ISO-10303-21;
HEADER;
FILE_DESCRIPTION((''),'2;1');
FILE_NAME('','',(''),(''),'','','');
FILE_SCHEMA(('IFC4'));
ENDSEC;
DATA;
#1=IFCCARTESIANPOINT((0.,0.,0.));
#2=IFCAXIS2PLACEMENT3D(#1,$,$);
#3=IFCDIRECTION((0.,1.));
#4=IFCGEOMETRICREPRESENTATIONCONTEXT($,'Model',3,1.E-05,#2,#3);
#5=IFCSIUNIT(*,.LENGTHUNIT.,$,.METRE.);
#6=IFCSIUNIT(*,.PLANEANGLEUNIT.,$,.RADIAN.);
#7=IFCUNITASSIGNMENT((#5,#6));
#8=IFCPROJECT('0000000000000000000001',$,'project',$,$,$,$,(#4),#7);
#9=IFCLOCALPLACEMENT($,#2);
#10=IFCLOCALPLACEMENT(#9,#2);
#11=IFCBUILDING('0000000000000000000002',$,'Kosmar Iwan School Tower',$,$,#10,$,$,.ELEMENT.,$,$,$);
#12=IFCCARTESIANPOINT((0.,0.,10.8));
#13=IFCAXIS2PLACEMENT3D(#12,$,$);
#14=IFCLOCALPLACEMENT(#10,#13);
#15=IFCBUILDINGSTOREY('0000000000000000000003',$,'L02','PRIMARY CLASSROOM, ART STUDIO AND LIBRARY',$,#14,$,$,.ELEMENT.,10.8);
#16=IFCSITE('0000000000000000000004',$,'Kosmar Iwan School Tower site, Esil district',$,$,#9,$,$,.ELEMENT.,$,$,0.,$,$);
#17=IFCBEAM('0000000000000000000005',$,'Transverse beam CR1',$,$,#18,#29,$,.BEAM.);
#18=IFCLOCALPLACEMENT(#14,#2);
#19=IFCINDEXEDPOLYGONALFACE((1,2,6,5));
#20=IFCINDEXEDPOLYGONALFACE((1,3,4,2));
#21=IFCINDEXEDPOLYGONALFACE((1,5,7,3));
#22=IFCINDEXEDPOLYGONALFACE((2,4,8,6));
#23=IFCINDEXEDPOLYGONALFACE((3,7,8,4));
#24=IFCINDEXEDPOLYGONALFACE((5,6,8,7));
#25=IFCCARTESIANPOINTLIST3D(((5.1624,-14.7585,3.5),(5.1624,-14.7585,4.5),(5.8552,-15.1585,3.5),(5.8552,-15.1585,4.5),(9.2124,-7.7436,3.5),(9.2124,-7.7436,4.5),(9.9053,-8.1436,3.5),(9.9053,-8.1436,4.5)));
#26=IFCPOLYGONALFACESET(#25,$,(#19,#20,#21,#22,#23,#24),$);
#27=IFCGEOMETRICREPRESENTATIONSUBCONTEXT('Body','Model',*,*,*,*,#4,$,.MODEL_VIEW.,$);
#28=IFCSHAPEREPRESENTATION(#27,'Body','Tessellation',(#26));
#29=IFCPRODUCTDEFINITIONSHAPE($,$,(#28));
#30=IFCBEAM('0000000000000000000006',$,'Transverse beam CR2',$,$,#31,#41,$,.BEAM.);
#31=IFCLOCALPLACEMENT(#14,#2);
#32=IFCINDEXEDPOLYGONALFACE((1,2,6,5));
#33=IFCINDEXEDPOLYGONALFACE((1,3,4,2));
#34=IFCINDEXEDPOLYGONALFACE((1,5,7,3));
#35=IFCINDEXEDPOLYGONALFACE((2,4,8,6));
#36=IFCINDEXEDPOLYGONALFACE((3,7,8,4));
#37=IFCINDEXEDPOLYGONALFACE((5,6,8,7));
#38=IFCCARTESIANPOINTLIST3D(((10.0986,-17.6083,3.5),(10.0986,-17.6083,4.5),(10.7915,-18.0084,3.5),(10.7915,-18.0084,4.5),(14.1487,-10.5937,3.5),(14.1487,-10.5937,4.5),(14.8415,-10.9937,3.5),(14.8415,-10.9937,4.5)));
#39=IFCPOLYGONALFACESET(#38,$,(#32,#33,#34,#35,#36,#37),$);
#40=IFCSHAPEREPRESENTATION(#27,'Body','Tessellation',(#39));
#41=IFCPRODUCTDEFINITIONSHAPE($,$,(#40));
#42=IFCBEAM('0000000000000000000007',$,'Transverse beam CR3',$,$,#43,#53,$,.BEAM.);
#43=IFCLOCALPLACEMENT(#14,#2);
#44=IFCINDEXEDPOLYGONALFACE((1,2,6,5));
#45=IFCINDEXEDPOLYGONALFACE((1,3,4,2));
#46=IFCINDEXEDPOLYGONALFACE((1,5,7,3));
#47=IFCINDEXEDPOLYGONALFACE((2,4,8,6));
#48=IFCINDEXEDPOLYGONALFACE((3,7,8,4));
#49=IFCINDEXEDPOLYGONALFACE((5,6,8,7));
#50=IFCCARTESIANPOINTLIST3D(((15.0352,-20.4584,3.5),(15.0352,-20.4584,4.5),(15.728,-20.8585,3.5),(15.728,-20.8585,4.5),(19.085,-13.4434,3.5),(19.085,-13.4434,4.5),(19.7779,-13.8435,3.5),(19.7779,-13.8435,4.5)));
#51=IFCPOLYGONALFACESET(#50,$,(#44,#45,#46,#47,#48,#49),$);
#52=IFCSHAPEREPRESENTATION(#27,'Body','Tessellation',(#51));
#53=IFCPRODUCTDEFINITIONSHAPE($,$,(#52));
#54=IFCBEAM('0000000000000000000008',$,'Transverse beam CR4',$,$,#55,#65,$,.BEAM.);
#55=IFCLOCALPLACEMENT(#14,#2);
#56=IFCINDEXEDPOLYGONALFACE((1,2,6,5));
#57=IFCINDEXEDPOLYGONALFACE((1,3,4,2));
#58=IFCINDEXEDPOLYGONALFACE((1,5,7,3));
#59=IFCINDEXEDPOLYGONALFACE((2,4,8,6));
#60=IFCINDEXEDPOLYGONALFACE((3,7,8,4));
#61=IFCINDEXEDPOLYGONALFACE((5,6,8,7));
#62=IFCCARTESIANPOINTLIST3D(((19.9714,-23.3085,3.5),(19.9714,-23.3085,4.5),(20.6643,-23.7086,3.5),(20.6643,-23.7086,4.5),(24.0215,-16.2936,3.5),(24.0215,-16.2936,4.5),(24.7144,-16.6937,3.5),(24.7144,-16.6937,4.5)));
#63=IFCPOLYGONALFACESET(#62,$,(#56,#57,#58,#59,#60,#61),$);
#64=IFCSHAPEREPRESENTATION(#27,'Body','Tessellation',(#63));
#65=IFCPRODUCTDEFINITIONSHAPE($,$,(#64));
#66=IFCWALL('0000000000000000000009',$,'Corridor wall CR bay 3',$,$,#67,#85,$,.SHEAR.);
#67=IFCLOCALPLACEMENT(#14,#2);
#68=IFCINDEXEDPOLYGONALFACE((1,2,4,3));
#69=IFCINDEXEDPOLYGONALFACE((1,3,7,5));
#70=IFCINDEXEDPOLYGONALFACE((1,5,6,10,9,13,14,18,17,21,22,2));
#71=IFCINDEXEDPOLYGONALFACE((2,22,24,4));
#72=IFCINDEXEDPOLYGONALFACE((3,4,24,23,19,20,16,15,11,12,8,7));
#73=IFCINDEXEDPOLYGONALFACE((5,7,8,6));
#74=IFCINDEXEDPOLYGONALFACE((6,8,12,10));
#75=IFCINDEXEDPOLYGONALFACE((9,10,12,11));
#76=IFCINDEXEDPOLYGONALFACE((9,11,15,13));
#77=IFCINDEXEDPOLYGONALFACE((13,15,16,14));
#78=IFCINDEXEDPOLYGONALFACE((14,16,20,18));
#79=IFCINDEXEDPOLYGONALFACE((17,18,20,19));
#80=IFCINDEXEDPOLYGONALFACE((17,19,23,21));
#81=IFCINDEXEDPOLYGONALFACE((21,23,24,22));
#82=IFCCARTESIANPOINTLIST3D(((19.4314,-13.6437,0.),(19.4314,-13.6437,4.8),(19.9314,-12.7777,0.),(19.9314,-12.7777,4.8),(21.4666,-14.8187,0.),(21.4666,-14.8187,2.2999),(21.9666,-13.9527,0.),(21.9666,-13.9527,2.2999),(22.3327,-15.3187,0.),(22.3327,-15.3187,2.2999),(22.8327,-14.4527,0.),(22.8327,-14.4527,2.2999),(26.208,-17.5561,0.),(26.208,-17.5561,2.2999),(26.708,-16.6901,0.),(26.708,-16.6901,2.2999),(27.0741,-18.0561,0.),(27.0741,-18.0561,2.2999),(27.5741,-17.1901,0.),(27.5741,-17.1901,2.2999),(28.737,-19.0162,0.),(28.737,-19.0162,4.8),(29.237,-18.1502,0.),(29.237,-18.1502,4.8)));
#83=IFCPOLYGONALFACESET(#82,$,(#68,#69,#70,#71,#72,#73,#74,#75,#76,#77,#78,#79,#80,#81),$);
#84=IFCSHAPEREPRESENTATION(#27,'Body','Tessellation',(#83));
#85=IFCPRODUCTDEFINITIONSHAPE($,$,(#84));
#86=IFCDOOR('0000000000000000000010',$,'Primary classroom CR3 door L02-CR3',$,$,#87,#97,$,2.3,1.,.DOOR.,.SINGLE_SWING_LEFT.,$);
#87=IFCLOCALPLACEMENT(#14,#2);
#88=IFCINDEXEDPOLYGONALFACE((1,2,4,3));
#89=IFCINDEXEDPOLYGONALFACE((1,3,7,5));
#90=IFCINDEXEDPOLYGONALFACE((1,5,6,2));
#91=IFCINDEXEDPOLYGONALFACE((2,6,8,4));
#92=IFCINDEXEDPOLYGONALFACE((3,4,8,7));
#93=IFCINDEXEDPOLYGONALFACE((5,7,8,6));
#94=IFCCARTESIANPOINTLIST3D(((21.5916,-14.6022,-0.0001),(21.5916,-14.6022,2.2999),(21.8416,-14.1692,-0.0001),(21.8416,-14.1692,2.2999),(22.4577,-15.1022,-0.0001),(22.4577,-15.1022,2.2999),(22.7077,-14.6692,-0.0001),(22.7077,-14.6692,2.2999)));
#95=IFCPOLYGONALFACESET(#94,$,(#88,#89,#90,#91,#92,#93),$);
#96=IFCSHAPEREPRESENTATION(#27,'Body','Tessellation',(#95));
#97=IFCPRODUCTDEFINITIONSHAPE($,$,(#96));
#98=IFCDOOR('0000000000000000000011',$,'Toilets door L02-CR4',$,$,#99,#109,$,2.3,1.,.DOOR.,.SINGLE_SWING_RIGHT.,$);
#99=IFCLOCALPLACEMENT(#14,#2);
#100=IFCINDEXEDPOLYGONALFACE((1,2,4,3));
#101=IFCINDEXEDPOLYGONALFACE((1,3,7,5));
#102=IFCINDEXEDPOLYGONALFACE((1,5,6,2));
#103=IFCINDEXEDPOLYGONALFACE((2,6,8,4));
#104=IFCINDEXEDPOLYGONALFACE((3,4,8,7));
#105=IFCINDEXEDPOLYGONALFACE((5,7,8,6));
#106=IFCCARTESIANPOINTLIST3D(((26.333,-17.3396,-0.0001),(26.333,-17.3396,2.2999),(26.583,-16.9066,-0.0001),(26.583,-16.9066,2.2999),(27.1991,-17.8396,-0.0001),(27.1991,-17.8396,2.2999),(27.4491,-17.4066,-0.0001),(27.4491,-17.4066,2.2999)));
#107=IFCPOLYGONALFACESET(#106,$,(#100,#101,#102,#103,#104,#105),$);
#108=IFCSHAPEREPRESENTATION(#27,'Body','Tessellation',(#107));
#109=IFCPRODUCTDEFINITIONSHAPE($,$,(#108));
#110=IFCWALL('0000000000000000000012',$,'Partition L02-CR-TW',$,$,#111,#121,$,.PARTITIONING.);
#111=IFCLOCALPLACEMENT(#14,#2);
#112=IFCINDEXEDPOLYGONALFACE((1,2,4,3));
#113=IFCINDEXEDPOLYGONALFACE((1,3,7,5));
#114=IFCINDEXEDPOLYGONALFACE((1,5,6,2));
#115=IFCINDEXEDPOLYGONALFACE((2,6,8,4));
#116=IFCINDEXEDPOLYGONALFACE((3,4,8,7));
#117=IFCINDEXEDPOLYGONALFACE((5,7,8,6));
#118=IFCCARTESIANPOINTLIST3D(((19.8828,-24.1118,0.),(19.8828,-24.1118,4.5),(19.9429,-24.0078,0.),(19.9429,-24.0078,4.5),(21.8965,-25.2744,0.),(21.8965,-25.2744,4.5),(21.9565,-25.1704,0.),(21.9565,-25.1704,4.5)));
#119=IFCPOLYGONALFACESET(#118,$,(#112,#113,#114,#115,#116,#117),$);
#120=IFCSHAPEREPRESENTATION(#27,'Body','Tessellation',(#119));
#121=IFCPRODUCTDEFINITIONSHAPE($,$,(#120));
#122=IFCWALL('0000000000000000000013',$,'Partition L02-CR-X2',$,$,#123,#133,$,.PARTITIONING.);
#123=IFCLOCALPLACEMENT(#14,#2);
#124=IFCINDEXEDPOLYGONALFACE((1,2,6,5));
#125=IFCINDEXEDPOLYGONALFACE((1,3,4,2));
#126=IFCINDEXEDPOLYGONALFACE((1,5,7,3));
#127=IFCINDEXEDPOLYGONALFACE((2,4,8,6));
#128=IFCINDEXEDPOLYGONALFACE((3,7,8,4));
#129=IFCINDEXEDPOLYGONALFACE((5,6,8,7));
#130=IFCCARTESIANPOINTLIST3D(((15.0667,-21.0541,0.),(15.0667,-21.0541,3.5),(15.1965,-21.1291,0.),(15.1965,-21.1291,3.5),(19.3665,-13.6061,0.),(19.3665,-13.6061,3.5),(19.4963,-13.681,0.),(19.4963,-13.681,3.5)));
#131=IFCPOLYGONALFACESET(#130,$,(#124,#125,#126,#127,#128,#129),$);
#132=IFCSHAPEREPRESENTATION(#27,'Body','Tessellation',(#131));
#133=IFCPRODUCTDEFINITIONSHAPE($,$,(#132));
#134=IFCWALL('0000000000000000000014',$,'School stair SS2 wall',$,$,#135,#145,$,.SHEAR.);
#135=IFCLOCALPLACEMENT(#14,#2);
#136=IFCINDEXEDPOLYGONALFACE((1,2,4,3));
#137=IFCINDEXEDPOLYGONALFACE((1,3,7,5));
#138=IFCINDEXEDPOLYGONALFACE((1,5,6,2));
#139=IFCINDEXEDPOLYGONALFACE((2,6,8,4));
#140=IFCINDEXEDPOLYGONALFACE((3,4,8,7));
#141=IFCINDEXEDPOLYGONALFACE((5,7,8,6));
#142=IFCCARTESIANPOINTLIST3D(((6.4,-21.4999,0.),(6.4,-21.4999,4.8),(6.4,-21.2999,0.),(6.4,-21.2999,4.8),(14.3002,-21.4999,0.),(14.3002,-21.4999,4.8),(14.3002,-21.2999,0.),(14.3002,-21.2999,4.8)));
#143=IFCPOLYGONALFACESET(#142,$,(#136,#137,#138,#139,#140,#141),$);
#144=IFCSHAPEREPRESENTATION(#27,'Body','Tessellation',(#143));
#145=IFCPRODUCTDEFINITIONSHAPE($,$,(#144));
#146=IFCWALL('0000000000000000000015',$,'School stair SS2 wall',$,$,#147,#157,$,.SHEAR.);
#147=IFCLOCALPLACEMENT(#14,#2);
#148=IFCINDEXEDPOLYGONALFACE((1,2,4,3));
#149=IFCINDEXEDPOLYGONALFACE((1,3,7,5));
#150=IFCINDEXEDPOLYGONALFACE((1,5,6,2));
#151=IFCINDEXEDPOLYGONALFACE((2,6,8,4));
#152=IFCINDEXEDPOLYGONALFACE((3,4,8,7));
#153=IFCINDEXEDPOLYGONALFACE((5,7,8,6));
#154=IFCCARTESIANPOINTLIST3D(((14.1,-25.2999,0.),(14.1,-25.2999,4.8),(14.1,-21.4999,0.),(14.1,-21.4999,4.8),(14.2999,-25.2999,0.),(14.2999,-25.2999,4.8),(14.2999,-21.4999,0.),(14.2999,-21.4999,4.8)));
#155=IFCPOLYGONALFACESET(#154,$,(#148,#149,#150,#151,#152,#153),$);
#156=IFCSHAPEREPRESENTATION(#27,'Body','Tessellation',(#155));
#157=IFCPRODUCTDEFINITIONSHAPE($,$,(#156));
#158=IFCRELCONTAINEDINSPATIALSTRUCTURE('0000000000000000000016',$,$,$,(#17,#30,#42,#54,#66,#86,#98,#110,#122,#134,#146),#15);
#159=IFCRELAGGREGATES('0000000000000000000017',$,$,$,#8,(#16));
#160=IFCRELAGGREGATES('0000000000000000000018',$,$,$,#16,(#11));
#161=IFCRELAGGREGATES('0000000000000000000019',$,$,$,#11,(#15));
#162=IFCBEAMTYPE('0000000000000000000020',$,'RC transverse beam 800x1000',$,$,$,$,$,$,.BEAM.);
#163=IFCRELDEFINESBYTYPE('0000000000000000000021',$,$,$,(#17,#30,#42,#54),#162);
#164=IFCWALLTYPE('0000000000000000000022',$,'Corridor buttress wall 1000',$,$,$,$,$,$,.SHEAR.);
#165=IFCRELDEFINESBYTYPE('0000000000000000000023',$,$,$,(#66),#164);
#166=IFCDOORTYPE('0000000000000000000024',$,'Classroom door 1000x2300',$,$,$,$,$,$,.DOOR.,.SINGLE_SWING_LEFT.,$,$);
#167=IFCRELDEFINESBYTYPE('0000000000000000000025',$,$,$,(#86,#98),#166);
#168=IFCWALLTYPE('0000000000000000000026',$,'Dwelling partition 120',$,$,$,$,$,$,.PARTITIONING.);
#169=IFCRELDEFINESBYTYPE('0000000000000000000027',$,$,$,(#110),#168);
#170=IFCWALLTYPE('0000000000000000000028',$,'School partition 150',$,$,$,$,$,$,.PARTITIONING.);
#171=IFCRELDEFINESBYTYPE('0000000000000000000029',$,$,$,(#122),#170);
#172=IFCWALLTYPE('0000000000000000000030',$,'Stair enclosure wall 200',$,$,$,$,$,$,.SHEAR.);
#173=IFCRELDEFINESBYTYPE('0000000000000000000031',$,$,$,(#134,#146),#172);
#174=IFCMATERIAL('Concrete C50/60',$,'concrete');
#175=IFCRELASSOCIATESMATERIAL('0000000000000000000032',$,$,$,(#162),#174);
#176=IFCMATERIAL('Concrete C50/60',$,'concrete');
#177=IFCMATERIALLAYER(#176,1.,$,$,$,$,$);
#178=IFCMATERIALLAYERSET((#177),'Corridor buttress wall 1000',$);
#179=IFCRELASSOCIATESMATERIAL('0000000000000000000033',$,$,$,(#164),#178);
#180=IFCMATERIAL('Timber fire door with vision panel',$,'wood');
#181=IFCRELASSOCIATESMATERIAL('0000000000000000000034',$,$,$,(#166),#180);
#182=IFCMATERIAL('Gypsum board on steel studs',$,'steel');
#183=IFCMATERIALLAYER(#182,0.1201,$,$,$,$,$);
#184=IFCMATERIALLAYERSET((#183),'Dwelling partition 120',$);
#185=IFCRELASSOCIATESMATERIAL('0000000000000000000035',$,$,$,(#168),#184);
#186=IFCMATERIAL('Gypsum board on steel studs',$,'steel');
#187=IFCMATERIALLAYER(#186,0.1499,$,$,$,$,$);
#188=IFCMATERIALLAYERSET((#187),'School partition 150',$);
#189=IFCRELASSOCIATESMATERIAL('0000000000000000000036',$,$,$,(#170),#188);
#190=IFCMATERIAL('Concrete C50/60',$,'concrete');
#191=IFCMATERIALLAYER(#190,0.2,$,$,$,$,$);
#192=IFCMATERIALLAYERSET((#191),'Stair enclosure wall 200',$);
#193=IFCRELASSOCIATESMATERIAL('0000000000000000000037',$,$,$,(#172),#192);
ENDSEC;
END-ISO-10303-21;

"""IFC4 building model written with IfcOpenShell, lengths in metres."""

from ifc_helpers import new_model, si_unit, direction, frame, frame_2d, origin, origin_2d, place, context, subcontext, project, spatial, rectangle, extrude, material, layer, layer_set, material_profile, profile_set, type_object, element, fill, save


model = new_model("IFC4")

# Units and contexts
model_context = context("Model", 3, precision=1e-05, world=origin(), true_north=direction((0.0, 1.0)))
body_context = subcontext(model_context, "Body", "Model", "MODEL_VIEW")
ifc_project = project(units=[si_unit("LENGTHUNIT", "METRE"), si_unit("PLANEANGLEUNIT", "RADIAN")], contexts=[model_context])

# Site, building, storey
site_placement = place(None, origin())
site = spatial("IfcSite", under=ifc_project, at=site_placement, Name="Kosmar Iwan School Tower site, Esil district", CompositionType="ELEMENT", RefElevation=0.0)
building_placement = place(site_placement, origin())
building = spatial("IfcBuilding", under=site, at=building_placement, Name="Kosmar Iwan School Tower", CompositionType="ELEMENT")
storey_placement = place(building_placement, frame((0.0, 0.0, 10.8)))
storey = spatial("IfcBuildingStorey", under=building, at=storey_placement, Name="L02", Description="PRIMARY CLASSROOM, ART STUDIO AND LIBRARY", CompositionType="ELEMENT", Elevation=10.8)

# Beams
ifc_material_1 = material(Name="Concrete C50/60", Category="concrete")
ifc_material_profile_1 = material_profile(ifc_material_1, rectangle(XDim=0.8, YDim=1.0, at=origin_2d()), Name="RC 800x1000")
ifc_profile_set_1 = profile_set([ifc_material_profile_1], Name="Concrete C50/60")
beam_type_1 = type_object("IfcBeamType", Name="RC transverse beam 800x1000", PredefinedType="BEAM", material=ifc_profile_set_1)
beam_1_placement = place(storey_placement, frame((5.5088, -14.9585, 4.0), z_axis=(0.5, 0.866025, 0.0), x_axis=(-0.866025, 0.5, 0.0)))
element("IfcBeam", 1, at=beam_1_placement, inside=storey, type_object=beam_type_1, Name="Transverse beam CR1", PredefinedType="BEAM", context=body_context, shape_type="SweptSolid", body=[
    extrude(rectangle(XDim=0.8, YDim=1.0, at=origin_2d()), origin(), (0.0, 0.0, 1.0), 8.1001),
])
beam_2_placement = place(storey_placement, frame((10.4451, -17.8083, 4.0), z_axis=(0.500013, 0.866018, 0.0), x_axis=(-0.866018, 0.500013, 0.0)))
element("IfcBeam", 2, at=beam_2_placement, inside=storey, type_object=beam_type_1, Name="Transverse beam CR2", PredefinedType="BEAM", context=body_context, shape_type="SweptSolid", body=[
    extrude(rectangle(XDim=0.8, YDim=1.0, at=origin_2d()), origin(), (0.0, 0.0, 1.0), 8.0999),
])
for number, where, z_axis, x_axis, name in (
    (3, (15.3816, -20.6584, 4.0), (0.499977, 0.866039, 0.0), (-0.866039, 0.499977, 0.0), "Transverse beam CR3"),
    (4, (20.3179, -23.5085, 4.0), (0.5, 0.866025, 0.0), (-0.866025, 0.5, 0.0), "Transverse beam CR4"),
):
    element("IfcBeam", number, at=place(storey_placement, frame(where, z_axis=z_axis, x_axis=x_axis)), inside=storey, type_object=beam_type_1, Name=name, PredefinedType="BEAM", context=body_context, shape_type="SweptSolid", body=[
        extrude(rectangle(XDim=0.8, YDim=1.0, at=origin_2d()), origin(), (0.0, 0.0, 1.0), 8.1001),
    ])

# Wall, openings, doors
ifc_material_2 = material(Name="Concrete C50/60", Category="concrete")
ifc_layer_1 = layer(ifc_material_2, 1.0)
ifc_layer_set_1 = layer_set([ifc_layer_1], Name="Corridor buttress wall 1000")
wall_type_1 = type_object("IfcWallType", Name="Corridor buttress wall 1000", PredefinedType="SHEAR", material=ifc_layer_set_1)
wall_1_placement = place(storey_placement, frame((19.6814, -13.2107, 0.0), z_axis=(0.0, 0.0, 1.0), x_axis=(0.866028, -0.499995, 0.0)))
wall_1 = element("IfcWall", 5, at=wall_1_placement, inside=storey, type_object=wall_type_1, Name="Corridor wall CR bay 3", PredefinedType="SHEAR", context=body_context, shape_type="SweptSolid", body=[
    extrude(rectangle(XDim=10.7451, YDim=1.0, at=frame_2d((5.3726, 0.0))), origin(), (0.0, 0.0, 1.0), 4.8),
])
opening_1_placement = place(wall_1_placement, frame((2.3501, 0.0, 0.0)))
opening_1 = element("IfcOpeningElement", 6, at=opening_1_placement, cuts=wall_1, PredefinedType="OPENING", context=body_context, shape_type="SweptSolid", body=[
    extrude(rectangle(XDim=1.0, YDim=2.3, at=frame_2d((0.5, 1.1499))), frame((0.0, 0.512, 0.0), z_axis=(0.0, -1.0, 0.0), x_axis=(1.0, 0.0, 0.0)), (0.0, 0.0, 1.0), 1.0239),
])
opening_2_placement = place(wall_1_placement, frame((7.825, 0.0, 0.0)))
opening_2 = element("IfcOpeningElement", 7, at=opening_2_placement, cuts=wall_1, PredefinedType="OPENING", context=body_context, shape_type="SweptSolid", body=[
    extrude(rectangle(XDim=1.0, YDim=2.3, at=frame_2d((0.5, 1.1499))), frame((0.0, 0.512, 0.0), z_axis=(0.0, -1.0, 0.0), x_axis=(1.0, 0.0, 0.0)), (0.0, 0.0, 1.0), 1.0239),
])
ifc_material_3 = material(Name="Timber fire door with vision panel", Category="wood")
door_type_1 = type_object("IfcDoorType", Name="Classroom door 1000x2300", OperationType="SINGLE_SWING_LEFT", PredefinedType="DOOR", material=ifc_material_3)
door_1_placement = place(opening_1_placement, origin())
door_1 = element("IfcDoor", 8, at=door_1_placement, inside=storey, type_object=door_type_1, Name="Primary classroom CR3 door L02-CR3", OperationType="SINGLE_SWING_LEFT", OverallHeight=2.3, OverallWidth=1.0, PredefinedType="DOOR", context=body_context, shape_type="SweptSolid", body=[
    extrude(rectangle(XDim=1.0, YDim=2.3, at=frame_2d((0.5, 1.1499))), frame((0.0, 0.25, 0.0), z_axis=(0.0, -1.0, 0.0), x_axis=(1.0, 0.0, 0.0)), (0.0, 0.0, 1.0), 0.5),
])
fill(opening_1, door_1)
door_2_placement = place(opening_2_placement, origin())
door_2 = element("IfcDoor", 9, at=door_2_placement, inside=storey, type_object=door_type_1, Name="Toilets door L02-CR4", OperationType="SINGLE_SWING_RIGHT", OverallHeight=2.3, OverallWidth=1.0, PredefinedType="DOOR", context=body_context, shape_type="SweptSolid", body=[
    extrude(rectangle(XDim=1.0, YDim=2.3, at=frame_2d((0.5, 1.1499))), frame((0.0, 0.25, 0.0), z_axis=(0.0, -1.0, 0.0), x_axis=(1.0, 0.0, 0.0)), (0.0, 0.0, 1.0), 0.5),
])
fill(opening_2, door_2)

# Walls
ifc_material_4 = material(Name="Gypsum board on steel studs", Category="steel")
ifc_layer_2 = layer(ifc_material_4, 0.1201)
ifc_layer_set_2 = layer_set([ifc_layer_2], Name="Dwelling partition 120")
wall_type_2 = type_object("IfcWallType", Name="Dwelling partition 120", PredefinedType="PARTITIONING", material=ifc_layer_set_2)
wall_2_placement = place(storey_placement, frame((19.9128, -24.0598, 0.0), z_axis=(0.0, 0.0, 1.0), x_axis=(0.866025, -0.500001, 0.0)))
element("IfcWall", 10, at=wall_2_placement, inside=storey, type_object=wall_type_2, Name="Partition L02-CR-TW", PredefinedType="PARTITIONING", context=body_context, shape_type="SweptSolid", body=[
    extrude(rectangle(XDim=2.3252, YDim=0.1201, at=frame_2d((1.1626, 0.0))), origin(), (0.0, 0.0, 1.0), 4.5),
])
ifc_material_5 = material(Name="Gypsum board on steel studs", Category="steel")
ifc_layer_3 = layer(ifc_material_5, 0.1499)
ifc_layer_set_3 = layer_set([ifc_layer_3], Name="School partition 150")
wall_type_3 = type_object("IfcWallType", Name="School partition 150", PredefinedType="PARTITIONING", material=ifc_layer_set_3)
wall_3_placement = place(storey_placement, frame((19.4314, -13.6436, 0.0), z_axis=(0.0, 0.0, 1.0), x_axis=(-0.499974, -0.86604, 0.0)))
element("IfcWall", 11, at=wall_3_placement, inside=storey, type_object=wall_type_3, Name="Partition L02-CR-X2", PredefinedType="PARTITIONING", context=body_context, shape_type="SweptSolid", body=[
    extrude(rectangle(XDim=8.6001, YDim=0.1499, at=frame_2d((4.3, 0.0))), origin(), (0.0, 0.0, 1.0), 3.5),
])
ifc_material_6 = material(Name="Concrete C50/60", Category="concrete")
ifc_layer_4 = layer(ifc_material_6, 0.2)
ifc_layer_set_4 = layer_set([ifc_layer_4], Name="Stair enclosure wall 200")
wall_type_4 = type_object("IfcWallType", Name="Stair enclosure wall 200", PredefinedType="SHEAR", material=ifc_layer_set_4)
wall_4_placement = place(storey_placement, frame((6.3999, -21.3999, 0.0), z_axis=(0.0, 0.0, 1.0), x_axis=(1.0, 0.0, 0.0)))
element("IfcWall", 12, at=wall_4_placement, inside=storey, type_object=wall_type_4, Name="School stair SS2 wall", PredefinedType="SHEAR", context=body_context, shape_type="SweptSolid", body=[
    extrude(rectangle(XDim=7.9001, YDim=0.2, at=frame_2d((3.9502, 0.0))), origin(), (0.0, 0.0, 1.0), 4.8),
])
wall_5_placement = place(storey_placement, frame((14.2, -21.5, 0.0), z_axis=(0.0, 0.0, 1.0), x_axis=(0.0, -1.0, 0.0)))
element("IfcWall", 13, at=wall_5_placement, inside=storey, type_object=wall_type_4, Name="School stair SS2 wall", PredefinedType="SHEAR", context=body_context, shape_type="SweptSolid", body=[
    extrude(rectangle(XDim=3.8, YDim=0.2, at=frame_2d((1.8999, 0.0))), origin(), (0.0, 0.0, 1.0), 4.8),
])

save(model, "model.ifc")
